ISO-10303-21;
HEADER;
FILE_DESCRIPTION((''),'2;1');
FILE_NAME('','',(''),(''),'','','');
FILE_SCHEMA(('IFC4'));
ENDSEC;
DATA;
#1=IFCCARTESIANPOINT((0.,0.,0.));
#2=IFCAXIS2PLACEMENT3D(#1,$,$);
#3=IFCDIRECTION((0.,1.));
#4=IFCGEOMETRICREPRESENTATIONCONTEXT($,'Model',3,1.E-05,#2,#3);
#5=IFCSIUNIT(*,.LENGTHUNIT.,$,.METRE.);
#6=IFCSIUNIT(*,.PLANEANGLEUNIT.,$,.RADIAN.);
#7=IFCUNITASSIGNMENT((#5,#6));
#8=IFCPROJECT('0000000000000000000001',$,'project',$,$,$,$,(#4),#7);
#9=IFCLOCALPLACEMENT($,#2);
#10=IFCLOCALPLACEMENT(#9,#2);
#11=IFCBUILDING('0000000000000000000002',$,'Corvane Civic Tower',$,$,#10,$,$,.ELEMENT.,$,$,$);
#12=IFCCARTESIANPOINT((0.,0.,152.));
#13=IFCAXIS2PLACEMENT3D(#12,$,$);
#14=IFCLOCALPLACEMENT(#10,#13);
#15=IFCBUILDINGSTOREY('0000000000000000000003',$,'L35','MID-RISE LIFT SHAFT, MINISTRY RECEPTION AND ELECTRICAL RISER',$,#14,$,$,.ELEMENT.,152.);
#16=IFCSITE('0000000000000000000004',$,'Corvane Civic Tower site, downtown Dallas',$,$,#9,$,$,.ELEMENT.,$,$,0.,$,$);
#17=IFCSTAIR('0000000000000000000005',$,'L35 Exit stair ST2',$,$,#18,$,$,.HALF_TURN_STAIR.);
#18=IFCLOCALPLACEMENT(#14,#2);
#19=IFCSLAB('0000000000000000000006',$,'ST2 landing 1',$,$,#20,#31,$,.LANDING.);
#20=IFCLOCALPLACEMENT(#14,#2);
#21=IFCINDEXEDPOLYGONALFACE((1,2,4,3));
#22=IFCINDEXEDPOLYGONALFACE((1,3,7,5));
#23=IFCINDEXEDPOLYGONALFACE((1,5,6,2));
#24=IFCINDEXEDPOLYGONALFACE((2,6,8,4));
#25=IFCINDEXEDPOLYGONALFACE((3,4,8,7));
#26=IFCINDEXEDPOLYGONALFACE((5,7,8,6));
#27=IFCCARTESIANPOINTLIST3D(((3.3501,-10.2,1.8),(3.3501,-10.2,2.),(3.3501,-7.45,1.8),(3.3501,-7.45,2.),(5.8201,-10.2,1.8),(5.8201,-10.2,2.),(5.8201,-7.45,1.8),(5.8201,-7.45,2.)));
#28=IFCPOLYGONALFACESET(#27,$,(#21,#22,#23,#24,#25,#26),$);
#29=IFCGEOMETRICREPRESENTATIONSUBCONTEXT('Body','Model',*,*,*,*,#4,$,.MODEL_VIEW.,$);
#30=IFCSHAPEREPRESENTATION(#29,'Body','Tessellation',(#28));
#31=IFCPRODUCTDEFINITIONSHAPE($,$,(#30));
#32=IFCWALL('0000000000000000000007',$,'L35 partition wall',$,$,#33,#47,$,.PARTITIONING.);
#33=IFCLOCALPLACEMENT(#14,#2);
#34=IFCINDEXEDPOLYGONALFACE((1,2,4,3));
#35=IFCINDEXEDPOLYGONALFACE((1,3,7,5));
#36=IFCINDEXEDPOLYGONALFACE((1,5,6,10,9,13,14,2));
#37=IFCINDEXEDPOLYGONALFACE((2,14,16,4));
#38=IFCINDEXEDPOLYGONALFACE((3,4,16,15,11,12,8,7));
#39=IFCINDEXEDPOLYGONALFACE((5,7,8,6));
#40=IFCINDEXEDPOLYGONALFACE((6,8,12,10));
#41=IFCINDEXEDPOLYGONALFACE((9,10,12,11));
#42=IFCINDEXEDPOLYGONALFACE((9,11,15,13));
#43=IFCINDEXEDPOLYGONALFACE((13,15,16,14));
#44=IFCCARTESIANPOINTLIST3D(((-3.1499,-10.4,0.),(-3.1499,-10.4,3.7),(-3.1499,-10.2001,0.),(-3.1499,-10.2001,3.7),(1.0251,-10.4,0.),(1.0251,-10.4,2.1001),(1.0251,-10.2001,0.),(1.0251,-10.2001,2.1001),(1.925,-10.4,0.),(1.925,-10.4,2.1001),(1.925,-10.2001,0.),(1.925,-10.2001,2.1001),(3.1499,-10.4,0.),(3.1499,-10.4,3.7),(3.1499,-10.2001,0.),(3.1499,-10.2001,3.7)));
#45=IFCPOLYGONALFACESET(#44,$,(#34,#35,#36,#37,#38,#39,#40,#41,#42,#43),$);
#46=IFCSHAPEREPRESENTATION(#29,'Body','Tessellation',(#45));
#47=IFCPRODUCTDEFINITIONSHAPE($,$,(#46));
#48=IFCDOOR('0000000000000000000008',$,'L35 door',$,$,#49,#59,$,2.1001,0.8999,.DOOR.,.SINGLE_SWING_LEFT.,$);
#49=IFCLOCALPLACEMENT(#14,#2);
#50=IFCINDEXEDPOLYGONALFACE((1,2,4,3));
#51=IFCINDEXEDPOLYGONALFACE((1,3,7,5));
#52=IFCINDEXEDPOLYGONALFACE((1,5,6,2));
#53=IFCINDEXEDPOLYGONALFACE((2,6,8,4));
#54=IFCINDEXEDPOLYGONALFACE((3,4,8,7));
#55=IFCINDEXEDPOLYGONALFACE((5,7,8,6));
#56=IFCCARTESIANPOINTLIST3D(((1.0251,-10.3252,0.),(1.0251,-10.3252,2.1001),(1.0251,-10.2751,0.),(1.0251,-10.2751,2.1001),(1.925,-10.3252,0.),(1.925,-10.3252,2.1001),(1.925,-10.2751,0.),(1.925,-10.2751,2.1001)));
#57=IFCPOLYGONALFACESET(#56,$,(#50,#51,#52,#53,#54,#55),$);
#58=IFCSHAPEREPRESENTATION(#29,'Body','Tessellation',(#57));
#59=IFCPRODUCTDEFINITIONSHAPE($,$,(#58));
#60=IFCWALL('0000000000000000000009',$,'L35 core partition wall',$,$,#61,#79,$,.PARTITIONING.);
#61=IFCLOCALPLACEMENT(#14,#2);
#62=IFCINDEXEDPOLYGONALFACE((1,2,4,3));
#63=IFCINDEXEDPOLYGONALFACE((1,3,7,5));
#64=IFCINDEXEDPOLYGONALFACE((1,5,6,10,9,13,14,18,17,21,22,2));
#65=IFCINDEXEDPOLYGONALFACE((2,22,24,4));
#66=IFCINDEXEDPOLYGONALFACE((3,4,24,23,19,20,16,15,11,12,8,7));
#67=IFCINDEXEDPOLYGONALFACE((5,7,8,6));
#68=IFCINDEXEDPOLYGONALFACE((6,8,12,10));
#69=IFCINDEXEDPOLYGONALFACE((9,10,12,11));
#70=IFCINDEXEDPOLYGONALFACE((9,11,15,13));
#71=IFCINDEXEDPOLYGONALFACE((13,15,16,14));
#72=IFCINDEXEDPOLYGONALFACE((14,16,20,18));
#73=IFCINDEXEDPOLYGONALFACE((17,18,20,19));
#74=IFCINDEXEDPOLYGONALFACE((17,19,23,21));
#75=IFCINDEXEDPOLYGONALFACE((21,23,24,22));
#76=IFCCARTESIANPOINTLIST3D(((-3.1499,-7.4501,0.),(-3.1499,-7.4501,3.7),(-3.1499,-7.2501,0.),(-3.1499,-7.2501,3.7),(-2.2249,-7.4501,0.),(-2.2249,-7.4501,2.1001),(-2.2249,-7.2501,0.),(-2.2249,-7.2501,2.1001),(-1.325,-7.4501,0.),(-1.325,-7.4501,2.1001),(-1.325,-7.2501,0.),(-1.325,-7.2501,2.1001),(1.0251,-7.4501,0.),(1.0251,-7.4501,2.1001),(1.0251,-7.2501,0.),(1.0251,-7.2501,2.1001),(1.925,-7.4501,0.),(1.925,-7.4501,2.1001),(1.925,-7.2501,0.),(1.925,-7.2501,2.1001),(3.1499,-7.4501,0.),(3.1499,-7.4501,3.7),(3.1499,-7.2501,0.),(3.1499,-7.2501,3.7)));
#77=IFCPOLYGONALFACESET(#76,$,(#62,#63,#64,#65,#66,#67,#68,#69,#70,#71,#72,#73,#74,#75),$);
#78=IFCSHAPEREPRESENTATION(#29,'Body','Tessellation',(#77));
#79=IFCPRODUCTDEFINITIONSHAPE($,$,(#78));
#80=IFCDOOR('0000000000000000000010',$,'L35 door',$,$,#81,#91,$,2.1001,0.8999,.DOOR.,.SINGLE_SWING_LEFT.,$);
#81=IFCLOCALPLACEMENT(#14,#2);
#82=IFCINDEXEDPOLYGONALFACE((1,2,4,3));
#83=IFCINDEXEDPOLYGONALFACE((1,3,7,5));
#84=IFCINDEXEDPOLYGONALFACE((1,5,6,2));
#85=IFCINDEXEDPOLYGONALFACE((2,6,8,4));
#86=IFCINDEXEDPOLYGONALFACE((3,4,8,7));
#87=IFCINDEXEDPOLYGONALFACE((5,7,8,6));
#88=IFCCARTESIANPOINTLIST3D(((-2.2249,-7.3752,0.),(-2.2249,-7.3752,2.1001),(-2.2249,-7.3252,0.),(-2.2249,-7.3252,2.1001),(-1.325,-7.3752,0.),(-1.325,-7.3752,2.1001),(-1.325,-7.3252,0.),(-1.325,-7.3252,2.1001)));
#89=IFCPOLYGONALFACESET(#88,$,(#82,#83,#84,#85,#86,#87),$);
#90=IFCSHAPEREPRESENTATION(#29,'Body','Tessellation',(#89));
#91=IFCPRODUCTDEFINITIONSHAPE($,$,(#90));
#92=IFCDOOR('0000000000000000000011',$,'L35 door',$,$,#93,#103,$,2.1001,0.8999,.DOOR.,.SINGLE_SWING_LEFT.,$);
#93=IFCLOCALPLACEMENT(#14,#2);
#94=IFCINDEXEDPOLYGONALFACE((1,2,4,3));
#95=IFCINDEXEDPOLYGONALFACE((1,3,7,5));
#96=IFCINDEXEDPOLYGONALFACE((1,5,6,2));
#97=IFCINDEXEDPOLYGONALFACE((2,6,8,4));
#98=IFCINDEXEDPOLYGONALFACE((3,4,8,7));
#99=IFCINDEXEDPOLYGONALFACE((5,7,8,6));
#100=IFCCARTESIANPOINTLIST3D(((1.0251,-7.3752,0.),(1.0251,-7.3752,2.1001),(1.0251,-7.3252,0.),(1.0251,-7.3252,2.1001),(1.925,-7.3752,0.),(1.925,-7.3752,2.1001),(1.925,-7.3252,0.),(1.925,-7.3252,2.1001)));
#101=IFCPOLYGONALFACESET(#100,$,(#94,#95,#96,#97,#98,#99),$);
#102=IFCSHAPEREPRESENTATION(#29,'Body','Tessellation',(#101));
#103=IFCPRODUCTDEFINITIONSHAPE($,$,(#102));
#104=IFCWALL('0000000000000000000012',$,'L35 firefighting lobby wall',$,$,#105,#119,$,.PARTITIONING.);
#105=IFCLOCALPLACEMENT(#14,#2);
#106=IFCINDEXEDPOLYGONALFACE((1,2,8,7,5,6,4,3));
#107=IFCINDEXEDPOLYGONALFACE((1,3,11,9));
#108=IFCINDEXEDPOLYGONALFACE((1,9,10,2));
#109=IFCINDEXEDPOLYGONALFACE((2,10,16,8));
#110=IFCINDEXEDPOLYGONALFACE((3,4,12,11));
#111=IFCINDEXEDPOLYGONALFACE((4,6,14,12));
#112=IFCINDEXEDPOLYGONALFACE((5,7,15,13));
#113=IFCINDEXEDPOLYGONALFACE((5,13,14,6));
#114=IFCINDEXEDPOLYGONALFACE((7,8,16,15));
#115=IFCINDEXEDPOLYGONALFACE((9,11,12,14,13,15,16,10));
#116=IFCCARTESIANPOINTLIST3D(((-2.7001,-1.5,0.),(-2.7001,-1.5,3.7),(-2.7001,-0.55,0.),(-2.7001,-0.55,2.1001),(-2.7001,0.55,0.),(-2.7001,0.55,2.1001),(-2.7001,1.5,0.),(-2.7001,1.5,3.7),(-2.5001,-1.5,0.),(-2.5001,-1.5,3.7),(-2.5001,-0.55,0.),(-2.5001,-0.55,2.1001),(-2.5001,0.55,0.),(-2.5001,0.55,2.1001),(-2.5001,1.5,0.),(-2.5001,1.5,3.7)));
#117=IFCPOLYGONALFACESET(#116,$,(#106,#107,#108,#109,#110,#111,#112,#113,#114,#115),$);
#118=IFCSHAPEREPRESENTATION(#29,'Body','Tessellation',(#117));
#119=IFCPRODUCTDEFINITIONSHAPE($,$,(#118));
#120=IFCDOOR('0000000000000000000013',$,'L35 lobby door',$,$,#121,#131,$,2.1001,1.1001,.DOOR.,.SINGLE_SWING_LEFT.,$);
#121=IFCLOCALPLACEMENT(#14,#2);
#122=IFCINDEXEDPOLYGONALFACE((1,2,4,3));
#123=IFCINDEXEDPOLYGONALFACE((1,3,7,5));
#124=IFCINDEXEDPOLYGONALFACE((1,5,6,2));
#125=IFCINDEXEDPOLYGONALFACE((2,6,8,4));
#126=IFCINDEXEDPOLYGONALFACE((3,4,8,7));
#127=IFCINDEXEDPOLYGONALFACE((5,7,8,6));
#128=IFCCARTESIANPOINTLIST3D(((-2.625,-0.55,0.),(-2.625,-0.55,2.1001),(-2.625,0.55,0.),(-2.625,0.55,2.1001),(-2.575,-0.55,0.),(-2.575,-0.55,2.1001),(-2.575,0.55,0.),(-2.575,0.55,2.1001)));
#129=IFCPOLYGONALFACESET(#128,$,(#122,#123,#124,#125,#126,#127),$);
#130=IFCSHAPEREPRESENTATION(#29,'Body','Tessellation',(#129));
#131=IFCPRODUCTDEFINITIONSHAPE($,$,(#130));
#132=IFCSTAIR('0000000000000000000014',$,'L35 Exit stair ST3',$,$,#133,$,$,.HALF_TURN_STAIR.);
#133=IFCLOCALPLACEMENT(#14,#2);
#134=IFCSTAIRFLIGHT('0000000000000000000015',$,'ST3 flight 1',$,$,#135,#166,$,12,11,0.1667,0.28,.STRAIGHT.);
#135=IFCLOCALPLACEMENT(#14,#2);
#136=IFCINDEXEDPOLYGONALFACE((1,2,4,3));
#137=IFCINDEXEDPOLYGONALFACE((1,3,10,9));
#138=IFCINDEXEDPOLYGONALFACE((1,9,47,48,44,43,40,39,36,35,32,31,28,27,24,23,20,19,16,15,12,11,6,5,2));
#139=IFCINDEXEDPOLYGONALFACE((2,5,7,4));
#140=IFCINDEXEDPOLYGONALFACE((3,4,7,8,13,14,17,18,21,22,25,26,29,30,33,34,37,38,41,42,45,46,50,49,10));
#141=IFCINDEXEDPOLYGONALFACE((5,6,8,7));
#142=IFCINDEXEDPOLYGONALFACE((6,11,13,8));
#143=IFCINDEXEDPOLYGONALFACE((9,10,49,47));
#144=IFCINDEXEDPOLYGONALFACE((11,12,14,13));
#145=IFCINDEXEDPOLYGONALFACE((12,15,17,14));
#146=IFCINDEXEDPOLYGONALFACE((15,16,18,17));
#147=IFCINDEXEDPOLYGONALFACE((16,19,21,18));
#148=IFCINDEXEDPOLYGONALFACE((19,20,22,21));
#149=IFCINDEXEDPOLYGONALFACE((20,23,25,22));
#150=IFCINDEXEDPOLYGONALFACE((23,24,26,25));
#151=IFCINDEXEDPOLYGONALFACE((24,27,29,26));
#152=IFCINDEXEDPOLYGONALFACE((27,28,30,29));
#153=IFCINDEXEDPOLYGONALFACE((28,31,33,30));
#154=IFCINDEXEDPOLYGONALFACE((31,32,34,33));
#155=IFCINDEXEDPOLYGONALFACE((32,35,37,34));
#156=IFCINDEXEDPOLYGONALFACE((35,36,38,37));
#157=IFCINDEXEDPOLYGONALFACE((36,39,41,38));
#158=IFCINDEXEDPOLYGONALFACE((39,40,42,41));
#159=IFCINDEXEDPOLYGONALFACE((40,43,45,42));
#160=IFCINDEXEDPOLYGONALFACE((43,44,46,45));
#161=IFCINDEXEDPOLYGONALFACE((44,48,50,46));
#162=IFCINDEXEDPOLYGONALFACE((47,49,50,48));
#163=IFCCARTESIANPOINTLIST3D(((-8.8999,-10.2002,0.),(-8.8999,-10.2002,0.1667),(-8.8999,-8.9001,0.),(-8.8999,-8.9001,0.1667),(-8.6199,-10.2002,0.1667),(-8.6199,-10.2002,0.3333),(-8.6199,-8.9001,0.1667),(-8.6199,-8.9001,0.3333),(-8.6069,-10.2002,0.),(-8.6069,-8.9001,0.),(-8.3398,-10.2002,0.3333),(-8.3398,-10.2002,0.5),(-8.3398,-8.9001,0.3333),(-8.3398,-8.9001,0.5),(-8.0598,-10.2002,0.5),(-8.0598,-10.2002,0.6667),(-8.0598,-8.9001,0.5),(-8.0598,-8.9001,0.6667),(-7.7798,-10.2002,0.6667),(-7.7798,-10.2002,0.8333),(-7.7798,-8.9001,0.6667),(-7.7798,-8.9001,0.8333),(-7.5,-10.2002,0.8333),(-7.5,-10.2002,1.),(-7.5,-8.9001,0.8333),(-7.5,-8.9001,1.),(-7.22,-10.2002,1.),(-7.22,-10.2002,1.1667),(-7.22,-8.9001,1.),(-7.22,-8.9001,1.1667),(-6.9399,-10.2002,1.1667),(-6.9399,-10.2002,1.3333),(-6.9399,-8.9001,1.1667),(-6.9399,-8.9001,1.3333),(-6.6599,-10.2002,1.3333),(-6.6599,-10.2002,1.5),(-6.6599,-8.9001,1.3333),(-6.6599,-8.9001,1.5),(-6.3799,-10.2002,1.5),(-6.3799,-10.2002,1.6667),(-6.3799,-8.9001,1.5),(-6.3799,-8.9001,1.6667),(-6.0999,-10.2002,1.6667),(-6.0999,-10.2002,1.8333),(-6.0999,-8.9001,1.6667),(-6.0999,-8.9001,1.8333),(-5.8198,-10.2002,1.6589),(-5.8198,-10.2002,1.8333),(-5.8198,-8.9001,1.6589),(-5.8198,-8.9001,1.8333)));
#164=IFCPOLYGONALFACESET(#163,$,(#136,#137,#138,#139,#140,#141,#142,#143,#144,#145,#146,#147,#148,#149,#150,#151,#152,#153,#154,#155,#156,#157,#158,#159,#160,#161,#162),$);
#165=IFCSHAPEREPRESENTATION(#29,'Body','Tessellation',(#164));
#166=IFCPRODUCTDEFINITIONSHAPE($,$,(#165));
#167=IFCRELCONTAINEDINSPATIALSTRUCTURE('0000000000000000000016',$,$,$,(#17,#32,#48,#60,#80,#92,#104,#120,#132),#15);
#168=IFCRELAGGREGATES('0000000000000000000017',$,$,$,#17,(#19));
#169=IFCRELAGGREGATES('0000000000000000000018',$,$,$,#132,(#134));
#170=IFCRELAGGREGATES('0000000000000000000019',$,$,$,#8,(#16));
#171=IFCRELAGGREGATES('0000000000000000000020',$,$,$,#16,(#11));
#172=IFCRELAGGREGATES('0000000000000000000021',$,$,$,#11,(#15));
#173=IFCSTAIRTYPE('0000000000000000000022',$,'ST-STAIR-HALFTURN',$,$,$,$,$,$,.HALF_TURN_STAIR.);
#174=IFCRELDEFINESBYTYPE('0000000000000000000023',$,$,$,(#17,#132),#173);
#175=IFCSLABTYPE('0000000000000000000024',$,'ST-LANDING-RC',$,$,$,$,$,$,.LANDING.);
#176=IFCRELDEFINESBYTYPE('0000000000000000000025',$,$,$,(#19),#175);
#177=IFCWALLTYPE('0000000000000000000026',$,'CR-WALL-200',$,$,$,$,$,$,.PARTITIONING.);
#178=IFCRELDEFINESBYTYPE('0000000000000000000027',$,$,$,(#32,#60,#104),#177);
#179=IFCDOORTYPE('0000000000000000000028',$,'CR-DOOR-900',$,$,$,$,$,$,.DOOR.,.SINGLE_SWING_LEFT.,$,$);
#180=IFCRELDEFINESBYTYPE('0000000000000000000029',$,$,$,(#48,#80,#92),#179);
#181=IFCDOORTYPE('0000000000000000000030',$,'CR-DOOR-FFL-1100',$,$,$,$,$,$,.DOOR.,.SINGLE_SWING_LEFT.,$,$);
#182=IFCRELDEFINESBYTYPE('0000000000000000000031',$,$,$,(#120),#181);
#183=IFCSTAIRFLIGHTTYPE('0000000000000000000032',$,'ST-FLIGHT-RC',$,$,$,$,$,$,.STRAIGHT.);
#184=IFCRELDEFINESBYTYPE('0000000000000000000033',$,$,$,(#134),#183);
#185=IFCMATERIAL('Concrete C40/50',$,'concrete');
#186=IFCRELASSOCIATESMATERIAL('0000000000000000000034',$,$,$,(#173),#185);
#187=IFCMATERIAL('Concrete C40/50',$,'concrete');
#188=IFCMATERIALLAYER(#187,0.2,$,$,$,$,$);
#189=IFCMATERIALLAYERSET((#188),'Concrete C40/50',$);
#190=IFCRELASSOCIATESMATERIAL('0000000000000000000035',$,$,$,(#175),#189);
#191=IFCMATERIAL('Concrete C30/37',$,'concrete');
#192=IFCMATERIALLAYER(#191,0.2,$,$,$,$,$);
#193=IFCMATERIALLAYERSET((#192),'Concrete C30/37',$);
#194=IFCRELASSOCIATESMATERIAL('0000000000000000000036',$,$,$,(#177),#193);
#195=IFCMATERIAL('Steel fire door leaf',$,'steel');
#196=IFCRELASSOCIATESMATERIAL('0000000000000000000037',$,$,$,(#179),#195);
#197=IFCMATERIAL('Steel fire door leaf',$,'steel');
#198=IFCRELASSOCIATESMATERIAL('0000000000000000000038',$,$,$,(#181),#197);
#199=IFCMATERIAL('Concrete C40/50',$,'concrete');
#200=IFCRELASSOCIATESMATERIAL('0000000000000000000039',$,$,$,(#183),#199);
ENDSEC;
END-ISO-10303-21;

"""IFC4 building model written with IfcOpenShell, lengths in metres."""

from ifc_helpers import new_model, si_unit, direction, frame, frame_2d, origin, place, context, subcontext, project, spatial, polyline, rectangle, outline, extrude, material, layer, layer_set, type_object, element, fill, aggregate, save


model = new_model("IFC4")

# Units and contexts
model_context = context("Model", 3, precision=1e-05, world=origin(), true_north=direction((0.0, 1.0)))
body_context = subcontext(model_context, "Body", "Model", "MODEL_VIEW")
ifc_project = project(units=[si_unit("LENGTHUNIT", "METRE"), si_unit("PLANEANGLEUNIT", "RADIAN")], contexts=[model_context])

# Site, building, storey
site_placement = place(None, origin())
site = spatial("IfcSite", under=ifc_project, at=site_placement, Name="Corvane Civic Tower site, downtown Dallas", CompositionType="ELEMENT", RefElevation=0.0)
building_placement = place(site_placement, origin())
building = spatial("IfcBuilding", under=site, at=building_placement, Name="Corvane Civic Tower", CompositionType="ELEMENT")
storey_placement = place(building_placement, frame((0.0, 0.0, 152.0)))
storey = spatial("IfcBuildingStorey", under=building, at=storey_placement, Name="L35", Description="MID-RISE LIFT SHAFT, MINISTRY RECEPTION AND ELECTRICAL RISER", CompositionType="ELEMENT", Elevation=152.0)

# Stair, slab
ifc_material_1 = material(Name="Concrete C40/50", Category="concrete")
stair_type = type_object("IfcStairType", Name="ST-STAIR-HALFTURN", PredefinedType="HALF_TURN_STAIR", material=ifc_material_1)
ifc_material_2 = material(Name="Concrete C40/50", Category="concrete")
ifc_layer_1 = layer(ifc_material_2, 0.2)
ifc_layer_set_1 = layer_set([ifc_layer_1], Name="Concrete C40/50")
slab_type_1 = type_object("IfcSlabType", Name="ST-LANDING-RC", PredefinedType="LANDING", material=ifc_layer_set_1)
stair_1_placement = place(storey_placement, origin())
stair_1 = element("IfcStair", 1, at=stair_1_placement, inside=storey, type_object=stair_type, Name="L35 Exit stair ST2", PredefinedType="HALF_TURN_STAIR")
slab_1_placement = place(storey_placement, frame((0.0, 0.0, 1.8)))
slab_1 = element("IfcSlab", 2, at=slab_1_placement, type_object=slab_type_1, Name="ST2 landing 1", PredefinedType="LANDING", context=body_context, shape_type="SweptSolid", body=[
    extrude(outline(polyline([(5.8201, -7.45), (3.3501, -7.45), (3.3501, -10.2), (5.8201, -10.2), (5.8201, -7.45)])), origin(), (0.0, 0.0, 1.0), 0.2),
])
aggregate(stair_1, [slab_1])

# Wall, opening, door
ifc_material_3 = material(Name="Concrete C30/37", Category="concrete")
ifc_layer_2 = layer(ifc_material_3, 0.2)
ifc_layer_set_2 = layer_set([ifc_layer_2], Name="Concrete C30/37")
wall_type = type_object("IfcWallType", Name="CR-WALL-200", PredefinedType="PARTITIONING", material=ifc_layer_set_2)
wall_1_placement = place(storey_placement, frame((-3.1499, -10.3, 0.0), z_axis=(0.0, 0.0, 1.0), x_axis=(1.0, 0.0, 0.0)))
wall_1 = element("IfcWall", 3, at=wall_1_placement, inside=storey, type_object=wall_type, Name="L35 partition wall", PredefinedType="PARTITIONING", context=body_context, shape_type="SweptSolid", body=[
    extrude(rectangle(XDim=6.2998, YDim=0.2, at=frame_2d((3.1499, 0.0))), origin(), (0.0, 0.0, 1.0), 3.7),
])
opening_1_placement = place(wall_1_placement, frame((4.175, 0.0, 0.0)))
opening_1 = element("IfcOpeningElement", 4, at=opening_1_placement, cuts=wall_1, PredefinedType="OPENING", context=body_context, shape_type="SweptSolid", body=[
    extrude(rectangle(XDim=0.8999, YDim=2.1001, at=frame_2d((0.45, 1.05))), frame((0.0, 0.1099, 0.0), z_axis=(0.0, -1.0, 0.0), x_axis=(1.0, 0.0, 0.0)), (0.0, 0.0, 1.0), 0.22),
])
ifc_material_4 = material(Name="Steel fire door leaf", Category="steel")
door_type_1 = type_object("IfcDoorType", Name="CR-DOOR-900", OperationType="SINGLE_SWING_LEFT", PredefinedType="DOOR", material=ifc_material_4)
door_1_placement = place(opening_1_placement, origin())
door_1 = element("IfcDoor", 5, at=door_1_placement, inside=storey, type_object=door_type_1, Name="L35 door", OperationType="SINGLE_SWING_LEFT", OverallHeight=2.1001, OverallWidth=0.8999, PredefinedType="DOOR", context=body_context, shape_type="SweptSolid", body=[
    extrude(rectangle(XDim=0.8999, YDim=2.1001, at=frame_2d((0.45, 1.05))), frame((0.0, 0.0249, 0.0), z_axis=(0.0, -1.0, 0.0), x_axis=(1.0, 0.0, 0.0)), (0.0, 0.0, 1.0), 0.05),
])
fill(opening_1, door_1)

# Wall, openings, doors
wall_2_placement = place(storey_placement, frame((-3.1499, -7.3501, 0.0), z_axis=(0.0, 0.0, 1.0), x_axis=(1.0, 0.0, 0.0)))
wall_2 = element("IfcWall", 6, at=wall_2_placement, inside=storey, type_object=wall_type, Name="L35 core partition wall", PredefinedType="PARTITIONING", context=body_context, shape_type="SweptSolid", body=[
    extrude(rectangle(XDim=6.2998, YDim=0.2, at=frame_2d((3.1499, 0.0))), origin(), (0.0, 0.0, 1.0), 3.7),
])
opening_2_placement = place(wall_2_placement, frame((0.925, 0.0, 0.0)))
opening_2 = element("IfcOpeningElement", 7, at=opening_2_placement, cuts=wall_2, PredefinedType="OPENING", context=body_context, shape_type="SweptSolid", body=[
    extrude(rectangle(XDim=0.8999, YDim=2.1001, at=frame_2d((0.45, 1.05))), frame((0.0, 0.1099, 0.0), z_axis=(0.0, -1.0, 0.0), x_axis=(1.0, 0.0, 0.0)), (0.0, 0.0, 1.0), 0.22),
])
opening_3_placement = place(wall_2_placement, frame((4.175, 0.0, 0.0)))
opening_3 = element("IfcOpeningElement", 8, at=opening_3_placement, cuts=wall_2, PredefinedType="OPENING", context=body_context, shape_type="SweptSolid", body=[
    extrude(rectangle(XDim=0.8999, YDim=2.1001, at=frame_2d((0.45, 1.05))), frame((0.0, 0.1099, 0.0), z_axis=(0.0, -1.0, 0.0), x_axis=(1.0, 0.0, 0.0)), (0.0, 0.0, 1.0), 0.22),
])
door_2_placement = place(opening_2_placement, origin())
door_2 = element("IfcDoor", 9, at=door_2_placement, inside=storey, type_object=door_type_1, Name="L35 door", OperationType="SINGLE_SWING_LEFT", OverallHeight=2.1001, OverallWidth=0.8999, PredefinedType="DOOR", context=body_context, shape_type="SweptSolid", body=[
    extrude(rectangle(XDim=0.8999, YDim=2.1001, at=frame_2d((0.45, 1.05))), frame((0.0, 0.0249, 0.0), z_axis=(0.0, -1.0, 0.0), x_axis=(1.0, 0.0, 0.0)), (0.0, 0.0, 1.0), 0.05),
])
fill(opening_2, door_2)
door_3_placement = place(opening_3_placement, origin())
door_3 = element("IfcDoor", 10, at=door_3_placement, inside=storey, type_object=door_type_1, Name="L35 door", OperationType="SINGLE_SWING_LEFT", OverallHeight=2.1001, OverallWidth=0.8999, PredefinedType="DOOR", context=body_context, shape_type="SweptSolid", body=[
    extrude(rectangle(XDim=0.8999, YDim=2.1001, at=frame_2d((0.45, 1.05))), frame((0.0, 0.0249, 0.0), z_axis=(0.0, -1.0, 0.0), x_axis=(1.0, 0.0, 0.0)), (0.0, 0.0, 1.0), 0.05),
])
fill(opening_3, door_3)

# Wall, opening, door
wall_3_placement = place(storey_placement, frame((-2.6001, -1.5, 0.0), z_axis=(0.0, 0.0, 1.0), x_axis=(0.0, 1.0, 0.0)))
wall_3 = element("IfcWall", 11, at=wall_3_placement, inside=storey, type_object=wall_type, Name="L35 firefighting lobby wall", PredefinedType="PARTITIONING", context=body_context, shape_type="SweptSolid", body=[
    extrude(rectangle(XDim=3.0, YDim=0.2, at=frame_2d((1.5, 0.0))), origin(), (0.0, 0.0, 1.0), 3.7),
])
opening_4_placement = place(wall_3_placement, frame((0.95, 0.0, 0.0)))
opening_4 = element("IfcOpeningElement", 12, at=opening_4_placement, cuts=wall_3, PredefinedType="OPENING", context=body_context, shape_type="SweptSolid", body=[
    extrude(rectangle(XDim=1.1001, YDim=2.1001, at=frame_2d((0.55, 1.05))), frame((0.0, 0.1099, 0.0), z_axis=(0.0, -1.0, 0.0), x_axis=(1.0, 0.0, 0.0)), (0.0, 0.0, 1.0), 0.22),
])
ifc_material_5 = material(Name="Steel fire door leaf", Category="steel")
door_type_2 = type_object("IfcDoorType", Name="CR-DOOR-FFL-1100", OperationType="SINGLE_SWING_LEFT", PredefinedType="DOOR", material=ifc_material_5)
door_4_placement = place(opening_4_placement, origin())
door_4 = element("IfcDoor", 13, at=door_4_placement, inside=storey, type_object=door_type_2, Name="L35 lobby door", OperationType="SINGLE_SWING_LEFT", OverallHeight=2.1001, OverallWidth=1.1001, PredefinedType="DOOR", context=body_context, shape_type="SweptSolid", body=[
    extrude(rectangle(XDim=1.1001, YDim=2.1001, at=frame_2d((0.55, 1.05))), frame((0.0, 0.0249, 0.0), z_axis=(0.0, -1.0, 0.0), x_axis=(1.0, 0.0, 0.0)), (0.0, 0.0, 1.0), 0.05),
])
fill(opening_4, door_4)

# Stair, stair flight
stair_2_placement = place(storey_placement, origin())
stair_2 = element("IfcStair", 14, at=stair_2_placement, inside=storey, type_object=stair_type, Name="L35 Exit stair ST3", PredefinedType="HALF_TURN_STAIR")
ifc_material_6 = material(Name="Concrete C40/50", Category="concrete")
stair_flight_type = type_object("IfcStairFlightType", Name="ST-FLIGHT-RC", PredefinedType="STRAIGHT", material=ifc_material_6)
stair_flight_1_placement = place(storey_placement, frame((-8.8999, -9.55, 0.0), z_axis=(0.0, 0.0, 1.0), x_axis=(1.0, 0.0, 0.0)))
stair_flight_1 = element("IfcStairFlight", 15, at=stair_flight_1_placement, type_object=stair_flight_type, Name="ST3 flight 1", NumberOfRisers=12, NumberOfTreads=11, PredefinedType="STRAIGHT", RiserHeight=0.1667, TreadLength=0.28, context=body_context, shape_type="SweptSolid", body=[
    extrude(outline(polyline([(0.0, 0.0), (0.0, 0.1667), (0.28, 0.1667), (0.28, 0.3333), (0.5601, 0.3333), (0.5601, 0.5), (0.8401, 0.5), (0.8401, 0.6667), (1.1201, 0.6667), (1.1201, 0.8333), (1.3999, 0.8333), (1.3999, 1.0), (1.6799, 1.0), (1.6799, 1.1667), (1.96, 1.1667), (1.96, 1.3333), (2.24, 1.3333), (2.24, 1.5), (2.52, 1.5), (2.52, 1.6667), (2.8, 1.6667), (2.8, 1.8333), (3.0801, 1.8333), (3.0801, 2.0), (3.0801, 1.6589), (0.293, 0.0), (0.0, 0.0)])), frame((0.0, 0.6499, 0.0), z_axis=(0.0, -1.0, 0.0), x_axis=(1.0, 0.0, 0.0)), (0.0, 0.0, 1.0), 1.3),
])
aggregate(stair_2, [stair_flight_1])

save(model, "model.ifc")
